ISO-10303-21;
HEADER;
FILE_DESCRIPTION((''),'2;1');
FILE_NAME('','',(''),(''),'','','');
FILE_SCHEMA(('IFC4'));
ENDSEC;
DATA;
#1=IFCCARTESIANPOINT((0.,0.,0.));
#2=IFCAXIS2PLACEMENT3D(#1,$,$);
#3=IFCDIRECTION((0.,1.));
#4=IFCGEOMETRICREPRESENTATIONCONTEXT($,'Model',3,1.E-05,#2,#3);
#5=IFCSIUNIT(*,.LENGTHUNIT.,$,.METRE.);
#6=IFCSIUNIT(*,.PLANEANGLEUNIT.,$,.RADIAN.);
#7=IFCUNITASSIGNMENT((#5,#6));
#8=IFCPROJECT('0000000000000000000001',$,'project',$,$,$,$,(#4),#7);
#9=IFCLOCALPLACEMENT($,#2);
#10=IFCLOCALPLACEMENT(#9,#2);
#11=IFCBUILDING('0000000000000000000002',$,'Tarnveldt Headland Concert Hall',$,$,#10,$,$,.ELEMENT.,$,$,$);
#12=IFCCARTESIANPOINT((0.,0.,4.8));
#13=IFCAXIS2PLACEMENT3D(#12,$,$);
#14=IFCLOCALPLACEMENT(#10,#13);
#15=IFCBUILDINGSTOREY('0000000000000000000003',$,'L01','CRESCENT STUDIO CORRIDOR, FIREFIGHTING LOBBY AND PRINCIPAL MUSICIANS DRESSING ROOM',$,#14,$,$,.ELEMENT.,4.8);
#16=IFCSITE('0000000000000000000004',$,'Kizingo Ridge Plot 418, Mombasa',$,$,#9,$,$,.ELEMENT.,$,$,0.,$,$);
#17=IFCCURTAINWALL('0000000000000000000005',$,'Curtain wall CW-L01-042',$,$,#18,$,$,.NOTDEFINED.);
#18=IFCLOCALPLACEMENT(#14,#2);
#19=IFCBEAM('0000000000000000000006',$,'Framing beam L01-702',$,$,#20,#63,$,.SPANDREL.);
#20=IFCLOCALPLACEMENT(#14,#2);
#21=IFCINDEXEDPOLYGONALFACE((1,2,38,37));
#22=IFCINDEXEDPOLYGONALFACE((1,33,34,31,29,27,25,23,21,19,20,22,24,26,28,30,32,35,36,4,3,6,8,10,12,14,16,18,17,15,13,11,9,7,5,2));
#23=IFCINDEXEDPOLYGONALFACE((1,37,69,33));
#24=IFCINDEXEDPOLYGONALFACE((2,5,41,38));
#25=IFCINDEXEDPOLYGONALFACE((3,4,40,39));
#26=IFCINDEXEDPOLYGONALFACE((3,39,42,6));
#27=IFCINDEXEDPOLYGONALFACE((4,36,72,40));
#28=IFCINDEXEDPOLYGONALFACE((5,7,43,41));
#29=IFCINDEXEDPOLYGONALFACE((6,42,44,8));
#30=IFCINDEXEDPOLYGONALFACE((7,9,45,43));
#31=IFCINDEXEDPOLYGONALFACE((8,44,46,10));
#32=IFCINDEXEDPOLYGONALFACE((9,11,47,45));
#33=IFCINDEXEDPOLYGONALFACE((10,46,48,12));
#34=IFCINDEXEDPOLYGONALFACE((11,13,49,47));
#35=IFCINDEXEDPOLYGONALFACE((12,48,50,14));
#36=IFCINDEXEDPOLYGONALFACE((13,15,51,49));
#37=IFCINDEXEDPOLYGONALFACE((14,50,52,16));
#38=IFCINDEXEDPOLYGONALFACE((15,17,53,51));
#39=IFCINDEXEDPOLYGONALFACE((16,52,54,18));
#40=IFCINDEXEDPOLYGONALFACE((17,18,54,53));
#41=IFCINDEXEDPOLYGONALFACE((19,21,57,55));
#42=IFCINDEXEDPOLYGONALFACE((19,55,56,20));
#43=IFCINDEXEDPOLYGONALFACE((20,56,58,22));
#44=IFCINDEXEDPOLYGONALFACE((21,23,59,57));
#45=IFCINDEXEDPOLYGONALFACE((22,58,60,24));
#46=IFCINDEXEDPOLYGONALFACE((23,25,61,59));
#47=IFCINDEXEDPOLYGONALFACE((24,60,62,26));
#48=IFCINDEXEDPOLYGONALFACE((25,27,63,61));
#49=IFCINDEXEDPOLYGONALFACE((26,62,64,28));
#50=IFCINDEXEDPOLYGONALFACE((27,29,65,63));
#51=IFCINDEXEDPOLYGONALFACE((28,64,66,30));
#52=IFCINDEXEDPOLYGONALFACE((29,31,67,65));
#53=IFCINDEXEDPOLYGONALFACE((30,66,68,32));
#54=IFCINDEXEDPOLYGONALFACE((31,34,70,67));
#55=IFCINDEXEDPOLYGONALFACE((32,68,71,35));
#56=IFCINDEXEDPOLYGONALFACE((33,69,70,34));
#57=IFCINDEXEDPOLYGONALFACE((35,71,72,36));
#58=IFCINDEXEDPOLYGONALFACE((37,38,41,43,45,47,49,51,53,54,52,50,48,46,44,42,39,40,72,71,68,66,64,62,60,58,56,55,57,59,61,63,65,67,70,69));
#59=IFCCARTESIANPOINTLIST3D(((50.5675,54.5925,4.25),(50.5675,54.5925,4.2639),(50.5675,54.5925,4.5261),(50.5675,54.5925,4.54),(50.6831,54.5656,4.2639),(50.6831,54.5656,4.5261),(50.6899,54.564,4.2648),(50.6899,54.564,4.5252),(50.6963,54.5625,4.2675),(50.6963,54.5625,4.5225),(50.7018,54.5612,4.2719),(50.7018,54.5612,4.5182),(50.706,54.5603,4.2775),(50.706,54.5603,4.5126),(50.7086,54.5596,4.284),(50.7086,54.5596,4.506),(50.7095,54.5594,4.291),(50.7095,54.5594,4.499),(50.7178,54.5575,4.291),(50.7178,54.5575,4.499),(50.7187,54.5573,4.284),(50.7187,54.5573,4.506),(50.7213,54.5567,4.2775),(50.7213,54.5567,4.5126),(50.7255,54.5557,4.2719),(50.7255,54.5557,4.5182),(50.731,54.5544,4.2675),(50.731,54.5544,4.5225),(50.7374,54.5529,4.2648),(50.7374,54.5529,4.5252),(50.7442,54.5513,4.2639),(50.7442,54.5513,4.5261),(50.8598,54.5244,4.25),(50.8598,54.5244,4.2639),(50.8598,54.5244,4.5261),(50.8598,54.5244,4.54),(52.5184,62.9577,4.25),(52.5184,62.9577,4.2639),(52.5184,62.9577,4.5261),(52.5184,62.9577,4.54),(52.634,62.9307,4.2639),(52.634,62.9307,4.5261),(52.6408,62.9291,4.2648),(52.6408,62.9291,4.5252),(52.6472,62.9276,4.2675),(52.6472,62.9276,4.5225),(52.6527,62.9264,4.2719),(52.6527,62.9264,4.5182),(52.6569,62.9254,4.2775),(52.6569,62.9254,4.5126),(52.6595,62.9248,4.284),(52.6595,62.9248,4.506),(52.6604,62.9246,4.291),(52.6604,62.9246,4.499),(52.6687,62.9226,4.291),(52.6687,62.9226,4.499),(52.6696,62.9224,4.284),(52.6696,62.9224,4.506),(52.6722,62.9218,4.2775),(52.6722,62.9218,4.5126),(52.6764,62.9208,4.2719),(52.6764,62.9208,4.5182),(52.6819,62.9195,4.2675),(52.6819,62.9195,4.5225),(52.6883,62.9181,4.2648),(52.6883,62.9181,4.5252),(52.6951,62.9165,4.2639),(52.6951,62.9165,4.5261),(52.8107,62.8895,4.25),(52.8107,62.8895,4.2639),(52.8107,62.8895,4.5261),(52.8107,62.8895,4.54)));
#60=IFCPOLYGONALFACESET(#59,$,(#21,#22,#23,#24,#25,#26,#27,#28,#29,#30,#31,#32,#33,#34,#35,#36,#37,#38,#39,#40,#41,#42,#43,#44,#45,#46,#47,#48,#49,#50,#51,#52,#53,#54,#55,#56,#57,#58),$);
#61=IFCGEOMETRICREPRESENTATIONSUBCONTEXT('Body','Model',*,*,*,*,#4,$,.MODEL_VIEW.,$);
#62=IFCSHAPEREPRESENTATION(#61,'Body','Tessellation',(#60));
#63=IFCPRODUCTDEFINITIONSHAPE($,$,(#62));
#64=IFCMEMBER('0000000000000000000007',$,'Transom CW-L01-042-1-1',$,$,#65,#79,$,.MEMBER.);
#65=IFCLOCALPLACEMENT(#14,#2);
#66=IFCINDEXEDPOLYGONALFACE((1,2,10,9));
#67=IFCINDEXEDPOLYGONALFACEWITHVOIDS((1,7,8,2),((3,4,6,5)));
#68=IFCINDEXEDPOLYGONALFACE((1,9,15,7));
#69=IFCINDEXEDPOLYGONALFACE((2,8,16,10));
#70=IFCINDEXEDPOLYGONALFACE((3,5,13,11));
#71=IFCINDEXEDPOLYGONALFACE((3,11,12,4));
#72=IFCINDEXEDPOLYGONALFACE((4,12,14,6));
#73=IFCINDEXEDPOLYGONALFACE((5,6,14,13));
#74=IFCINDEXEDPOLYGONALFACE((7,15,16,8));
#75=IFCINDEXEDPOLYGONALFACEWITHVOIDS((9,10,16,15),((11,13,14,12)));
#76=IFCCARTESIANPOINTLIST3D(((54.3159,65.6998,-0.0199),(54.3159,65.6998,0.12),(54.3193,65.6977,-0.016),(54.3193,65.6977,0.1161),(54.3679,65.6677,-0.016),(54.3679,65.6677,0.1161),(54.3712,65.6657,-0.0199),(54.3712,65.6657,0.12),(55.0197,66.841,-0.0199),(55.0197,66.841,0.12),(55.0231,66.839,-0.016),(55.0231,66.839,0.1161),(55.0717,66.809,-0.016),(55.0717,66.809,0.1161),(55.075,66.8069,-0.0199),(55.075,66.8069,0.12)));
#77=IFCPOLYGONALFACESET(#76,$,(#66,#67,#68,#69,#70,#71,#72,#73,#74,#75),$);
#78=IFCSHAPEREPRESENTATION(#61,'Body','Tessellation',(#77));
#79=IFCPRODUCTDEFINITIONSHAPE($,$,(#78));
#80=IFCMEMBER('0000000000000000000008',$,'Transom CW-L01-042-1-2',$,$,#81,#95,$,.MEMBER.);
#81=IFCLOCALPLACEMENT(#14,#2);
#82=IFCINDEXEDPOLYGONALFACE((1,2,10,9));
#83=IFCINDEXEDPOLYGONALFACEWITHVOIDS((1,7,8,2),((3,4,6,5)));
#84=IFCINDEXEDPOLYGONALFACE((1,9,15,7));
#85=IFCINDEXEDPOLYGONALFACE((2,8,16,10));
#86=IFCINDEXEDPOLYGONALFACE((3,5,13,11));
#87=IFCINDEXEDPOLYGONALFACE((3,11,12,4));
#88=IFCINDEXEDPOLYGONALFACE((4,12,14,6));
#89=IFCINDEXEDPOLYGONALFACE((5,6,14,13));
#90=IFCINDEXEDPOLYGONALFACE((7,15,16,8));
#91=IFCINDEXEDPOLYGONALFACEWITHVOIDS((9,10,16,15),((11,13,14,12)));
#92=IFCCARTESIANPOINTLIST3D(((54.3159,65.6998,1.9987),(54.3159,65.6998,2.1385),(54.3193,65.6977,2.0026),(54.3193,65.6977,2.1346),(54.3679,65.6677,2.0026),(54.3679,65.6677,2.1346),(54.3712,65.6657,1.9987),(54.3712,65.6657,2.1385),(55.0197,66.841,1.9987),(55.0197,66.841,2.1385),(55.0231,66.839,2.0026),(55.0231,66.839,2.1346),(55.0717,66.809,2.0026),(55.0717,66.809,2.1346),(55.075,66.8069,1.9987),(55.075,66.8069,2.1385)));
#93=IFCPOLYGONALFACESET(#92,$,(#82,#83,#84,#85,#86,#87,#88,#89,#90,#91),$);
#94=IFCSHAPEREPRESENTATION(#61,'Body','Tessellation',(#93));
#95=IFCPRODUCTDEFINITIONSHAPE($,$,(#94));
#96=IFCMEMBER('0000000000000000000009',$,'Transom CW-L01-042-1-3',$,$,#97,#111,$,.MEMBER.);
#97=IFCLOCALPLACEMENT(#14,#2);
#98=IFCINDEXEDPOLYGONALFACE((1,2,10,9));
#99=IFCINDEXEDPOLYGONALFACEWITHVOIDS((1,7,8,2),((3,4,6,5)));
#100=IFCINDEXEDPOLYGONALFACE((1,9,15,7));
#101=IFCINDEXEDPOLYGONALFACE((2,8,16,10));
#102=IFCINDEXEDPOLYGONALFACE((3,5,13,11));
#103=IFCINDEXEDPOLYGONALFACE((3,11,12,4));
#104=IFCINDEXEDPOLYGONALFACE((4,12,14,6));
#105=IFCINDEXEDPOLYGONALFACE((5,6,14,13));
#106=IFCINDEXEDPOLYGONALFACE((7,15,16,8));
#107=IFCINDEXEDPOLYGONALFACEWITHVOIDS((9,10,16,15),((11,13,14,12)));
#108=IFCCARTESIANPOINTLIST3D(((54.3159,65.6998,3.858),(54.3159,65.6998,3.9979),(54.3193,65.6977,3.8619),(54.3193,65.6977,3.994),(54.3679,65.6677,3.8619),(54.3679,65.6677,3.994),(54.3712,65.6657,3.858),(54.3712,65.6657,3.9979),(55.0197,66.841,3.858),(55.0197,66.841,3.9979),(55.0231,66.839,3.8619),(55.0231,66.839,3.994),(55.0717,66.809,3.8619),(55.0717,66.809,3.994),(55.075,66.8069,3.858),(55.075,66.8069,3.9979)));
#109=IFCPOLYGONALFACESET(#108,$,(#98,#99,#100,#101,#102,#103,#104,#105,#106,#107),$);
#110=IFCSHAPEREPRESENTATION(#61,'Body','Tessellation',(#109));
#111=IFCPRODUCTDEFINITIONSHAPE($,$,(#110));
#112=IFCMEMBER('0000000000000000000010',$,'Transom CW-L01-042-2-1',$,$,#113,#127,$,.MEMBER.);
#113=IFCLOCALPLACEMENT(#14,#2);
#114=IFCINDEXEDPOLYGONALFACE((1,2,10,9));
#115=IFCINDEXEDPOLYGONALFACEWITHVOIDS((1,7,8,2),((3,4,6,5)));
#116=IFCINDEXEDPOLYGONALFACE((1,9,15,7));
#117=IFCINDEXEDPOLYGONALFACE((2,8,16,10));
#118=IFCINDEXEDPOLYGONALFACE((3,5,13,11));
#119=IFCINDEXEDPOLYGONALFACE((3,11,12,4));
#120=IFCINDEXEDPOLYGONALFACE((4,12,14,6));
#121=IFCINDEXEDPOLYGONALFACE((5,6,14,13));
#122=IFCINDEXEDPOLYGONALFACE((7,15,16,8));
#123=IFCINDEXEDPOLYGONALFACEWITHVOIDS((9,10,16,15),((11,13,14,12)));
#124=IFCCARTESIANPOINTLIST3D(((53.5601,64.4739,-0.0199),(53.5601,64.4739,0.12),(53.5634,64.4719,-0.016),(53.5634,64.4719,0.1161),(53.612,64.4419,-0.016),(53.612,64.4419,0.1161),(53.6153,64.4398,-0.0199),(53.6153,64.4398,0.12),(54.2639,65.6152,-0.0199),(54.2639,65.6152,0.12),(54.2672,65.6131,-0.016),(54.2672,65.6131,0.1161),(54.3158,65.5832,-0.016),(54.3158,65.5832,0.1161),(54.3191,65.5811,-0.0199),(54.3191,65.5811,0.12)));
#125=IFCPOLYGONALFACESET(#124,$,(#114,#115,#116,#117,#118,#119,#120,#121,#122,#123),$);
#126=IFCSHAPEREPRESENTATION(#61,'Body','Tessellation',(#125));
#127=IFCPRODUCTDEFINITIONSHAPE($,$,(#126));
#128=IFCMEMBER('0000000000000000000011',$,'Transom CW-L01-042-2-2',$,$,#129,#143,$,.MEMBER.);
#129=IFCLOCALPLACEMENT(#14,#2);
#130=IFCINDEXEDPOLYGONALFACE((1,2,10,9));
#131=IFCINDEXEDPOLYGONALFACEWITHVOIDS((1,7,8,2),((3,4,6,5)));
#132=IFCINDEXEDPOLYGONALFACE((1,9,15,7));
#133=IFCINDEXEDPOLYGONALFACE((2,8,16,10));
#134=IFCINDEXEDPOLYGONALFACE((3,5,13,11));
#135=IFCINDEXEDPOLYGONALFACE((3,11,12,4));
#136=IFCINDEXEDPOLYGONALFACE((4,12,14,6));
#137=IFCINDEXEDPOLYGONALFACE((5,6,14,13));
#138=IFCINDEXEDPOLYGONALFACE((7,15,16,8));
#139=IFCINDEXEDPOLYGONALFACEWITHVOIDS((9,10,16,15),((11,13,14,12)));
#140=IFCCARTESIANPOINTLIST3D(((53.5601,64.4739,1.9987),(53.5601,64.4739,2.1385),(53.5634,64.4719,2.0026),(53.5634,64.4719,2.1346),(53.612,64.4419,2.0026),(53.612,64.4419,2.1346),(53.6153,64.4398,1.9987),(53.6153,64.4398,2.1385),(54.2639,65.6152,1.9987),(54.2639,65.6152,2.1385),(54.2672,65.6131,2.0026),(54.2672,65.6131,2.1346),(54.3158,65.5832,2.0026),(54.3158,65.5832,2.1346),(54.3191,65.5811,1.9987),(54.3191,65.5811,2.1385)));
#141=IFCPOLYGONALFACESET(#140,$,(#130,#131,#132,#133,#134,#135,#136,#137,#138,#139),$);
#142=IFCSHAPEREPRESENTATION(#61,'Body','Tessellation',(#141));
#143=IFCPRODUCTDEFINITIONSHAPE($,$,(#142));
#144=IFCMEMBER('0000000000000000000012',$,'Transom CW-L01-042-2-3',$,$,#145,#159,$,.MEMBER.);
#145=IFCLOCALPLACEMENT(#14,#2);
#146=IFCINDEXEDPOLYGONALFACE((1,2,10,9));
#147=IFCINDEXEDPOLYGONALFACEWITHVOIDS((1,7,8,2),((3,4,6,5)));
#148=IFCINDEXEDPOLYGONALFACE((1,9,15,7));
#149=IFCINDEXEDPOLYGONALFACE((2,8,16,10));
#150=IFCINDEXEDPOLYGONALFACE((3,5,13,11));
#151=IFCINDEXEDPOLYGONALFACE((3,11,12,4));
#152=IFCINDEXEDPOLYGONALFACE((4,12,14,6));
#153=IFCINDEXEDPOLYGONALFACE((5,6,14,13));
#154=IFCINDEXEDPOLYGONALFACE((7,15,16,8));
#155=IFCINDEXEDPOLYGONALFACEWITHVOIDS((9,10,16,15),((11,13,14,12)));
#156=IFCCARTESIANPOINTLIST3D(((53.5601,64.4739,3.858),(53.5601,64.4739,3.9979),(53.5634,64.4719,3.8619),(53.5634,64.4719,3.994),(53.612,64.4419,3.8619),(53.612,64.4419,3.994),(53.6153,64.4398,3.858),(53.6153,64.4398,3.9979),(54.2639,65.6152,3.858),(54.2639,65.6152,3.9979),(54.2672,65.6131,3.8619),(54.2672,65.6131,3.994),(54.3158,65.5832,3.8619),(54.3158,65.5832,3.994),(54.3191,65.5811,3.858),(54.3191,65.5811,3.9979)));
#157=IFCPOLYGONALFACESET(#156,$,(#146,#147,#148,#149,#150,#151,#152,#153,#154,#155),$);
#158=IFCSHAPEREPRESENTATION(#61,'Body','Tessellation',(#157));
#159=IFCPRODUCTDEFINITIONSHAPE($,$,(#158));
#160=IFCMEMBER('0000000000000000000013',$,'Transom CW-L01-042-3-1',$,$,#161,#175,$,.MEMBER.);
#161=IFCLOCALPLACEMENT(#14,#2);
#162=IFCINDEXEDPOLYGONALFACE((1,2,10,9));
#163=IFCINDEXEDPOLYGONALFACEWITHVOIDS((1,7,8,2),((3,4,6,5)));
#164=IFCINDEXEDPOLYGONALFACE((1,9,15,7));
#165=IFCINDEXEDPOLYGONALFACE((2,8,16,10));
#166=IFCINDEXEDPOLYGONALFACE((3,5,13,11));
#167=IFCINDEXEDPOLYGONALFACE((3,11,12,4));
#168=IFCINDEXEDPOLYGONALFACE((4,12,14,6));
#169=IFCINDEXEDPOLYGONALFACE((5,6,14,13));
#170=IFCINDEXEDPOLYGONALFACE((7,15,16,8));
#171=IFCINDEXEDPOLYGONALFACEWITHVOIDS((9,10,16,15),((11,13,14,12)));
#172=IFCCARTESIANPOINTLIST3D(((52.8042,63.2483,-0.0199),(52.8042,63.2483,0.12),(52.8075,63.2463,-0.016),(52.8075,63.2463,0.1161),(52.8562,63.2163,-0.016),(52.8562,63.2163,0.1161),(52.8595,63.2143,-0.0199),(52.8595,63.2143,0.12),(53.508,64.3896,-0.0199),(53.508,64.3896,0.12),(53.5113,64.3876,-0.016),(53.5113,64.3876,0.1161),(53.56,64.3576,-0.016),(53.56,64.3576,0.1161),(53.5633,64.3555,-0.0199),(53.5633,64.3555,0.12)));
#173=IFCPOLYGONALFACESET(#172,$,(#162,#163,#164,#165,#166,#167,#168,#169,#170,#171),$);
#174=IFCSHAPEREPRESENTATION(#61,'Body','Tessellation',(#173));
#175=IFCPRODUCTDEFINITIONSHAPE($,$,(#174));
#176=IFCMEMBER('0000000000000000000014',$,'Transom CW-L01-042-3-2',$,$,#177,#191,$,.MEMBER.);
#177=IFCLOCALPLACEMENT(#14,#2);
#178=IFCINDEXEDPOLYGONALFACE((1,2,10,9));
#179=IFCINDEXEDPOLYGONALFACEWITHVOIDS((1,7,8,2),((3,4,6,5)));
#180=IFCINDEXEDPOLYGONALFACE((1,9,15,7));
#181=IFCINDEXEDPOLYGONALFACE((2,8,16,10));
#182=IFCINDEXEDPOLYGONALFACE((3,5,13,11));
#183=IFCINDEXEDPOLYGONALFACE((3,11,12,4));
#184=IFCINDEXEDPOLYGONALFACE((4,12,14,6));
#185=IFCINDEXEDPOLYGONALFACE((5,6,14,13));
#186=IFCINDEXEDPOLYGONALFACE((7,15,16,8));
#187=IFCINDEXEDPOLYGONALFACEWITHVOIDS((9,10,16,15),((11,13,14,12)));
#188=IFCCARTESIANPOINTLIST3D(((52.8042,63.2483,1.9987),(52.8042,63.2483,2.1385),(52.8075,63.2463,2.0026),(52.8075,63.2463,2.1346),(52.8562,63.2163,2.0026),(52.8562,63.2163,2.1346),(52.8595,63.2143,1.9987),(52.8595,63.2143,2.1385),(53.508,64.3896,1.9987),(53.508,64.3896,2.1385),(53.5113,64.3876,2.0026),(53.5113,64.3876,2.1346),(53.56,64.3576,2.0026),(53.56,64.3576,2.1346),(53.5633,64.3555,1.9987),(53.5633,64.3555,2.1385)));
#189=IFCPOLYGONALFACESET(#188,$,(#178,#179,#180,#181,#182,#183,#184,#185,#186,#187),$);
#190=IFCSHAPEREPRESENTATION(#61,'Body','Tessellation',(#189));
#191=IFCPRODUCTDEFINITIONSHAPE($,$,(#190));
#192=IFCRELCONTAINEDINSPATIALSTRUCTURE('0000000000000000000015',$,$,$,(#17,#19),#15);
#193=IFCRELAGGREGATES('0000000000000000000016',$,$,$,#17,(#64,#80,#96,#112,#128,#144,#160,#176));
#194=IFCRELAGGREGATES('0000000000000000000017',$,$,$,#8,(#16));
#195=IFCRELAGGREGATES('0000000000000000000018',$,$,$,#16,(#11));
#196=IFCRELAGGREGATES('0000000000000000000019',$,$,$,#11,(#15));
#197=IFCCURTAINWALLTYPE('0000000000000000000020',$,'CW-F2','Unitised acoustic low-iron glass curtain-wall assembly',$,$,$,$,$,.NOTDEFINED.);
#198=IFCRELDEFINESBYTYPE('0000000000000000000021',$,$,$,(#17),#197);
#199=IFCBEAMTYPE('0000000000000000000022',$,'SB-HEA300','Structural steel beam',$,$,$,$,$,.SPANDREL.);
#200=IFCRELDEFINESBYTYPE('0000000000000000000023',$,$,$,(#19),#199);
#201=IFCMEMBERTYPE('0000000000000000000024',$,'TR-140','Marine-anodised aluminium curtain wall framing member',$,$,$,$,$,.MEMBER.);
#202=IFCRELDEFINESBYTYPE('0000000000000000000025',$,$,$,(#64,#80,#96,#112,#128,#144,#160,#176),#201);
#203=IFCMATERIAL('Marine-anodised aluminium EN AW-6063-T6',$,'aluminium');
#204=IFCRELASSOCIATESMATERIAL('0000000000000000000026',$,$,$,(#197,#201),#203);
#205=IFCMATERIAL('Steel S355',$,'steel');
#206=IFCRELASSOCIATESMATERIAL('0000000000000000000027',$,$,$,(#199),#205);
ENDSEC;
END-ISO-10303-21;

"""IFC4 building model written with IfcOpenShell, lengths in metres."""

from ifc_helpers import new_model, si_unit, direction, frame, origin, origin_2d, place, context, subcontext, project, spatial, hollow_rectangle, i_section, extrude, material, material_profile, profile_set, type_object, element, aggregate, save


model = new_model("IFC4")

# Units and contexts
model_context = context("Model", 3, precision=1e-05, world=origin(), true_north=direction((0.0, 1.0)))
body_context = subcontext(model_context, "Body", "Model", "MODEL_VIEW")
ifc_project = project(units=[si_unit("LENGTHUNIT", "METRE"), si_unit("PLANEANGLEUNIT", "RADIAN")], contexts=[model_context])

# Site, building, storey
site_placement = place(None, origin())
site = spatial("IfcSite", under=ifc_project, at=site_placement, Name="Kizingo Ridge Plot 418, Mombasa", CompositionType="ELEMENT", RefElevation=0.0)
building_placement = place(site_placement, origin())
building = spatial("IfcBuilding", under=site, at=building_placement, Name="Tarnveldt Headland Concert Hall", CompositionType="ELEMENT")
storey_placement = place(building_placement, frame((0.0, 0.0, 4.8)))
storey = spatial("IfcBuildingStorey", under=building, at=storey_placement, Name="L01", Description="CRESCENT STUDIO CORRIDOR, FIREFIGHTING LOBBY AND PRINCIPAL MUSICIANS DRESSING ROOM", CompositionType="ELEMENT", Elevation=4.8)

# Shared definitions
ifc_material_1 = material(Name="Steel S355", Category="steel")

# Shared definitions
ifc_material_2 = material(Name="Marine-anodised aluminium EN AW-6063-T6", Category="aluminium")
curtain_wall_type = type_object("IfcCurtainWallType", Name="CW-F2", Description="Unitised acoustic low-iron glass curtain-wall assembly", PredefinedType="NOTDEFINED", material=ifc_material_2)

# Curtain wall
curtain_wall_1_placement = place(storey_placement, origin())
curtain_wall_1 = element("IfcCurtainWall", 1, at=curtain_wall_1_placement, inside=storey, type_object=curtain_wall_type, Name="Curtain wall CW-L01-042", PredefinedType="NOTDEFINED")

# Beam
ifc_material_profile_1 = material_profile(ifc_material_1, i_section(OverallWidth=0.3, OverallDepth=0.29, WebThickness=0.0085, FlangeThickness=0.0139, FilletRadius=0.0271, at=origin_2d()), Name="HEA300", Category="steel")
ifc_profile_set_1 = profile_set([ifc_material_profile_1], Name="Steel S355")
beam_type = type_object("IfcBeamType", Name="SB-HEA300", Description="Structural steel beam", PredefinedType="SPANDREL", material=ifc_profile_set_1)
beam_placement = place(storey_placement, frame((52.6646, 62.9236, 4.395), z_axis=(-0.227124, -0.973866, 0.0), x_axis=(0.973866, -0.227124, 0.0)))
element("IfcBeam", 2, at=beam_placement, inside=storey, type_object=beam_type, Name="Framing beam L01-702", PredefinedType="SPANDREL", context=body_context, shape_type="SweptSolid", body=[
    extrude(i_section(OverallWidth=0.3, OverallDepth=0.29, WebThickness=0.0085, FlangeThickness=0.0139, FilletRadius=0.0271, at=origin_2d()), origin(), (0.0, 0.0, 1.0), 8.5896),
])

# Members
ifc_material_profile_2 = material_profile(ifc_material_2, hollow_rectangle(XDim=0.0649, YDim=0.1399, WallThickness=0.0039, at=origin_2d()), Name="ALU TRANSOM 65x140x4", Category="aluminium")
ifc_profile_set_2 = profile_set([ifc_material_profile_2], Name="Marine-anodised aluminium EN AW-6063-T6")
member_type_1 = type_object("IfcMemberType", Name="TR-140", Description="Marine-anodised aluminium curtain wall framing member", PredefinedType="MEMBER", material=ifc_profile_set_2)
member_1_placement = place(storey_placement, frame((55.0474, 66.824, 0.05), z_axis=(-0.5249, -0.851164, 0.0), x_axis=(0.851164, -0.5249, 0.0)))
member_1 = element("IfcMember", 3, at=member_1_placement, type_object=member_type_1, Name="Transom CW-L01-042-1-1", PredefinedType="MEMBER", context=body_context, shape_type="SweptSolid", body=[
    extrude(hollow_rectangle(XDim=0.0649, YDim=0.1399, WallThickness=0.0039, at=origin_2d()), origin(), (0.0, 0.0, 1.0), 1.3408),
])
member_2_placement = place(storey_placement, frame((55.0474, 66.824, 2.0686), z_axis=(-0.5249, -0.851164, 0.0), x_axis=(0.851164, -0.5249, 0.0)))
member_2 = element("IfcMember", 4, at=member_2_placement, type_object=member_type_1, Name="Transom CW-L01-042-1-2", PredefinedType="MEMBER", context=body_context, shape_type="SweptSolid", body=[
    extrude(hollow_rectangle(XDim=0.0649, YDim=0.1399, WallThickness=0.0039, at=origin_2d()), origin(), (0.0, 0.0, 1.0), 1.3408),
])
member_3_placement = place(storey_placement, frame((55.0474, 66.824, 3.928), z_axis=(-0.5249, -0.851164, 0.0), x_axis=(0.851164, -0.5249, 0.0)))
member_3 = element("IfcMember", 5, at=member_3_placement, type_object=member_type_1, Name="Transom CW-L01-042-1-3", PredefinedType="MEMBER", context=body_context, shape_type="SweptSolid", body=[
    extrude(hollow_rectangle(XDim=0.0649, YDim=0.1399, WallThickness=0.0039, at=origin_2d()), origin(), (0.0, 0.0, 1.0), 1.3408),
])
member_4_placement = place(storey_placement, frame((54.2915, 65.5981, 0.05), z_axis=(-0.5249, -0.851164, 0.0), x_axis=(0.851164, -0.5249, 0.0)))
member_4 = element("IfcMember", 6, at=member_4_placement, type_object=member_type_1, Name="Transom CW-L01-042-2-1", PredefinedType="MEMBER", context=body_context, shape_type="SweptSolid", body=[
    extrude(hollow_rectangle(XDim=0.0649, YDim=0.1399, WallThickness=0.0039, at=origin_2d()), origin(), (0.0, 0.0, 1.0), 1.3408),
])
member_5_placement = place(storey_placement, frame((54.2915, 65.5981, 2.0686), z_axis=(-0.5249, -0.851164, 0.0), x_axis=(0.851164, -0.5249, 0.0)))
member_5 = element("IfcMember", 7, at=member_5_placement, type_object=member_type_1, Name="Transom CW-L01-042-2-2", PredefinedType="MEMBER", context=body_context, shape_type="SweptSolid", body=[
    extrude(hollow_rectangle(XDim=0.0649, YDim=0.1399, WallThickness=0.0039, at=origin_2d()), origin(), (0.0, 0.0, 1.0), 1.3408),
])
member_6_placement = place(storey_placement, frame((54.2915, 65.5981, 3.928), z_axis=(-0.5249, -0.851164, 0.0), x_axis=(0.851164, -0.5249, 0.0)))
member_6 = element("IfcMember", 8, at=member_6_placement, type_object=member_type_1, Name="Transom CW-L01-042-2-3", PredefinedType="MEMBER", context=body_context, shape_type="SweptSolid", body=[
    extrude(hollow_rectangle(XDim=0.0649, YDim=0.1399, WallThickness=0.0039, at=origin_2d()), origin(), (0.0, 0.0, 1.0), 1.3408),
])
member_7_placement = place(storey_placement, frame((53.5356, 64.3726, 0.05), z_axis=(-0.5249, -0.851164, 0.0), x_axis=(0.851164, -0.5249, 0.0)))
member_7 = element("IfcMember", 9, at=member_7_placement, type_object=member_type_1, Name="Transom CW-L01-042-3-1", PredefinedType="MEMBER", context=body_context, shape_type="SweptSolid", body=[
    extrude(hollow_rectangle(XDim=0.0649, YDim=0.1399, WallThickness=0.0039, at=origin_2d()), origin(), (0.0, 0.0, 1.0), 1.3408),
])
member_8_placement = place(storey_placement, frame((53.5356, 64.3726, 2.0686), z_axis=(-0.5249, -0.851164, 0.0), x_axis=(0.851164, -0.5249, 0.0)))
member_8 = element("IfcMember", 10, at=member_8_placement, type_object=member_type_1, Name="Transom CW-L01-042-3-2", PredefinedType="MEMBER", context=body_context, shape_type="SweptSolid", body=[
    extrude(hollow_rectangle(XDim=0.0649, YDim=0.1399, WallThickness=0.0039, at=origin_2d()), origin(), (0.0, 0.0, 1.0), 1.3408),
])

aggregate(curtain_wall_1, [member_1, member_2, member_3, member_4, member_5, member_6, member_7, member_8])

save(model, "model.ifc")
